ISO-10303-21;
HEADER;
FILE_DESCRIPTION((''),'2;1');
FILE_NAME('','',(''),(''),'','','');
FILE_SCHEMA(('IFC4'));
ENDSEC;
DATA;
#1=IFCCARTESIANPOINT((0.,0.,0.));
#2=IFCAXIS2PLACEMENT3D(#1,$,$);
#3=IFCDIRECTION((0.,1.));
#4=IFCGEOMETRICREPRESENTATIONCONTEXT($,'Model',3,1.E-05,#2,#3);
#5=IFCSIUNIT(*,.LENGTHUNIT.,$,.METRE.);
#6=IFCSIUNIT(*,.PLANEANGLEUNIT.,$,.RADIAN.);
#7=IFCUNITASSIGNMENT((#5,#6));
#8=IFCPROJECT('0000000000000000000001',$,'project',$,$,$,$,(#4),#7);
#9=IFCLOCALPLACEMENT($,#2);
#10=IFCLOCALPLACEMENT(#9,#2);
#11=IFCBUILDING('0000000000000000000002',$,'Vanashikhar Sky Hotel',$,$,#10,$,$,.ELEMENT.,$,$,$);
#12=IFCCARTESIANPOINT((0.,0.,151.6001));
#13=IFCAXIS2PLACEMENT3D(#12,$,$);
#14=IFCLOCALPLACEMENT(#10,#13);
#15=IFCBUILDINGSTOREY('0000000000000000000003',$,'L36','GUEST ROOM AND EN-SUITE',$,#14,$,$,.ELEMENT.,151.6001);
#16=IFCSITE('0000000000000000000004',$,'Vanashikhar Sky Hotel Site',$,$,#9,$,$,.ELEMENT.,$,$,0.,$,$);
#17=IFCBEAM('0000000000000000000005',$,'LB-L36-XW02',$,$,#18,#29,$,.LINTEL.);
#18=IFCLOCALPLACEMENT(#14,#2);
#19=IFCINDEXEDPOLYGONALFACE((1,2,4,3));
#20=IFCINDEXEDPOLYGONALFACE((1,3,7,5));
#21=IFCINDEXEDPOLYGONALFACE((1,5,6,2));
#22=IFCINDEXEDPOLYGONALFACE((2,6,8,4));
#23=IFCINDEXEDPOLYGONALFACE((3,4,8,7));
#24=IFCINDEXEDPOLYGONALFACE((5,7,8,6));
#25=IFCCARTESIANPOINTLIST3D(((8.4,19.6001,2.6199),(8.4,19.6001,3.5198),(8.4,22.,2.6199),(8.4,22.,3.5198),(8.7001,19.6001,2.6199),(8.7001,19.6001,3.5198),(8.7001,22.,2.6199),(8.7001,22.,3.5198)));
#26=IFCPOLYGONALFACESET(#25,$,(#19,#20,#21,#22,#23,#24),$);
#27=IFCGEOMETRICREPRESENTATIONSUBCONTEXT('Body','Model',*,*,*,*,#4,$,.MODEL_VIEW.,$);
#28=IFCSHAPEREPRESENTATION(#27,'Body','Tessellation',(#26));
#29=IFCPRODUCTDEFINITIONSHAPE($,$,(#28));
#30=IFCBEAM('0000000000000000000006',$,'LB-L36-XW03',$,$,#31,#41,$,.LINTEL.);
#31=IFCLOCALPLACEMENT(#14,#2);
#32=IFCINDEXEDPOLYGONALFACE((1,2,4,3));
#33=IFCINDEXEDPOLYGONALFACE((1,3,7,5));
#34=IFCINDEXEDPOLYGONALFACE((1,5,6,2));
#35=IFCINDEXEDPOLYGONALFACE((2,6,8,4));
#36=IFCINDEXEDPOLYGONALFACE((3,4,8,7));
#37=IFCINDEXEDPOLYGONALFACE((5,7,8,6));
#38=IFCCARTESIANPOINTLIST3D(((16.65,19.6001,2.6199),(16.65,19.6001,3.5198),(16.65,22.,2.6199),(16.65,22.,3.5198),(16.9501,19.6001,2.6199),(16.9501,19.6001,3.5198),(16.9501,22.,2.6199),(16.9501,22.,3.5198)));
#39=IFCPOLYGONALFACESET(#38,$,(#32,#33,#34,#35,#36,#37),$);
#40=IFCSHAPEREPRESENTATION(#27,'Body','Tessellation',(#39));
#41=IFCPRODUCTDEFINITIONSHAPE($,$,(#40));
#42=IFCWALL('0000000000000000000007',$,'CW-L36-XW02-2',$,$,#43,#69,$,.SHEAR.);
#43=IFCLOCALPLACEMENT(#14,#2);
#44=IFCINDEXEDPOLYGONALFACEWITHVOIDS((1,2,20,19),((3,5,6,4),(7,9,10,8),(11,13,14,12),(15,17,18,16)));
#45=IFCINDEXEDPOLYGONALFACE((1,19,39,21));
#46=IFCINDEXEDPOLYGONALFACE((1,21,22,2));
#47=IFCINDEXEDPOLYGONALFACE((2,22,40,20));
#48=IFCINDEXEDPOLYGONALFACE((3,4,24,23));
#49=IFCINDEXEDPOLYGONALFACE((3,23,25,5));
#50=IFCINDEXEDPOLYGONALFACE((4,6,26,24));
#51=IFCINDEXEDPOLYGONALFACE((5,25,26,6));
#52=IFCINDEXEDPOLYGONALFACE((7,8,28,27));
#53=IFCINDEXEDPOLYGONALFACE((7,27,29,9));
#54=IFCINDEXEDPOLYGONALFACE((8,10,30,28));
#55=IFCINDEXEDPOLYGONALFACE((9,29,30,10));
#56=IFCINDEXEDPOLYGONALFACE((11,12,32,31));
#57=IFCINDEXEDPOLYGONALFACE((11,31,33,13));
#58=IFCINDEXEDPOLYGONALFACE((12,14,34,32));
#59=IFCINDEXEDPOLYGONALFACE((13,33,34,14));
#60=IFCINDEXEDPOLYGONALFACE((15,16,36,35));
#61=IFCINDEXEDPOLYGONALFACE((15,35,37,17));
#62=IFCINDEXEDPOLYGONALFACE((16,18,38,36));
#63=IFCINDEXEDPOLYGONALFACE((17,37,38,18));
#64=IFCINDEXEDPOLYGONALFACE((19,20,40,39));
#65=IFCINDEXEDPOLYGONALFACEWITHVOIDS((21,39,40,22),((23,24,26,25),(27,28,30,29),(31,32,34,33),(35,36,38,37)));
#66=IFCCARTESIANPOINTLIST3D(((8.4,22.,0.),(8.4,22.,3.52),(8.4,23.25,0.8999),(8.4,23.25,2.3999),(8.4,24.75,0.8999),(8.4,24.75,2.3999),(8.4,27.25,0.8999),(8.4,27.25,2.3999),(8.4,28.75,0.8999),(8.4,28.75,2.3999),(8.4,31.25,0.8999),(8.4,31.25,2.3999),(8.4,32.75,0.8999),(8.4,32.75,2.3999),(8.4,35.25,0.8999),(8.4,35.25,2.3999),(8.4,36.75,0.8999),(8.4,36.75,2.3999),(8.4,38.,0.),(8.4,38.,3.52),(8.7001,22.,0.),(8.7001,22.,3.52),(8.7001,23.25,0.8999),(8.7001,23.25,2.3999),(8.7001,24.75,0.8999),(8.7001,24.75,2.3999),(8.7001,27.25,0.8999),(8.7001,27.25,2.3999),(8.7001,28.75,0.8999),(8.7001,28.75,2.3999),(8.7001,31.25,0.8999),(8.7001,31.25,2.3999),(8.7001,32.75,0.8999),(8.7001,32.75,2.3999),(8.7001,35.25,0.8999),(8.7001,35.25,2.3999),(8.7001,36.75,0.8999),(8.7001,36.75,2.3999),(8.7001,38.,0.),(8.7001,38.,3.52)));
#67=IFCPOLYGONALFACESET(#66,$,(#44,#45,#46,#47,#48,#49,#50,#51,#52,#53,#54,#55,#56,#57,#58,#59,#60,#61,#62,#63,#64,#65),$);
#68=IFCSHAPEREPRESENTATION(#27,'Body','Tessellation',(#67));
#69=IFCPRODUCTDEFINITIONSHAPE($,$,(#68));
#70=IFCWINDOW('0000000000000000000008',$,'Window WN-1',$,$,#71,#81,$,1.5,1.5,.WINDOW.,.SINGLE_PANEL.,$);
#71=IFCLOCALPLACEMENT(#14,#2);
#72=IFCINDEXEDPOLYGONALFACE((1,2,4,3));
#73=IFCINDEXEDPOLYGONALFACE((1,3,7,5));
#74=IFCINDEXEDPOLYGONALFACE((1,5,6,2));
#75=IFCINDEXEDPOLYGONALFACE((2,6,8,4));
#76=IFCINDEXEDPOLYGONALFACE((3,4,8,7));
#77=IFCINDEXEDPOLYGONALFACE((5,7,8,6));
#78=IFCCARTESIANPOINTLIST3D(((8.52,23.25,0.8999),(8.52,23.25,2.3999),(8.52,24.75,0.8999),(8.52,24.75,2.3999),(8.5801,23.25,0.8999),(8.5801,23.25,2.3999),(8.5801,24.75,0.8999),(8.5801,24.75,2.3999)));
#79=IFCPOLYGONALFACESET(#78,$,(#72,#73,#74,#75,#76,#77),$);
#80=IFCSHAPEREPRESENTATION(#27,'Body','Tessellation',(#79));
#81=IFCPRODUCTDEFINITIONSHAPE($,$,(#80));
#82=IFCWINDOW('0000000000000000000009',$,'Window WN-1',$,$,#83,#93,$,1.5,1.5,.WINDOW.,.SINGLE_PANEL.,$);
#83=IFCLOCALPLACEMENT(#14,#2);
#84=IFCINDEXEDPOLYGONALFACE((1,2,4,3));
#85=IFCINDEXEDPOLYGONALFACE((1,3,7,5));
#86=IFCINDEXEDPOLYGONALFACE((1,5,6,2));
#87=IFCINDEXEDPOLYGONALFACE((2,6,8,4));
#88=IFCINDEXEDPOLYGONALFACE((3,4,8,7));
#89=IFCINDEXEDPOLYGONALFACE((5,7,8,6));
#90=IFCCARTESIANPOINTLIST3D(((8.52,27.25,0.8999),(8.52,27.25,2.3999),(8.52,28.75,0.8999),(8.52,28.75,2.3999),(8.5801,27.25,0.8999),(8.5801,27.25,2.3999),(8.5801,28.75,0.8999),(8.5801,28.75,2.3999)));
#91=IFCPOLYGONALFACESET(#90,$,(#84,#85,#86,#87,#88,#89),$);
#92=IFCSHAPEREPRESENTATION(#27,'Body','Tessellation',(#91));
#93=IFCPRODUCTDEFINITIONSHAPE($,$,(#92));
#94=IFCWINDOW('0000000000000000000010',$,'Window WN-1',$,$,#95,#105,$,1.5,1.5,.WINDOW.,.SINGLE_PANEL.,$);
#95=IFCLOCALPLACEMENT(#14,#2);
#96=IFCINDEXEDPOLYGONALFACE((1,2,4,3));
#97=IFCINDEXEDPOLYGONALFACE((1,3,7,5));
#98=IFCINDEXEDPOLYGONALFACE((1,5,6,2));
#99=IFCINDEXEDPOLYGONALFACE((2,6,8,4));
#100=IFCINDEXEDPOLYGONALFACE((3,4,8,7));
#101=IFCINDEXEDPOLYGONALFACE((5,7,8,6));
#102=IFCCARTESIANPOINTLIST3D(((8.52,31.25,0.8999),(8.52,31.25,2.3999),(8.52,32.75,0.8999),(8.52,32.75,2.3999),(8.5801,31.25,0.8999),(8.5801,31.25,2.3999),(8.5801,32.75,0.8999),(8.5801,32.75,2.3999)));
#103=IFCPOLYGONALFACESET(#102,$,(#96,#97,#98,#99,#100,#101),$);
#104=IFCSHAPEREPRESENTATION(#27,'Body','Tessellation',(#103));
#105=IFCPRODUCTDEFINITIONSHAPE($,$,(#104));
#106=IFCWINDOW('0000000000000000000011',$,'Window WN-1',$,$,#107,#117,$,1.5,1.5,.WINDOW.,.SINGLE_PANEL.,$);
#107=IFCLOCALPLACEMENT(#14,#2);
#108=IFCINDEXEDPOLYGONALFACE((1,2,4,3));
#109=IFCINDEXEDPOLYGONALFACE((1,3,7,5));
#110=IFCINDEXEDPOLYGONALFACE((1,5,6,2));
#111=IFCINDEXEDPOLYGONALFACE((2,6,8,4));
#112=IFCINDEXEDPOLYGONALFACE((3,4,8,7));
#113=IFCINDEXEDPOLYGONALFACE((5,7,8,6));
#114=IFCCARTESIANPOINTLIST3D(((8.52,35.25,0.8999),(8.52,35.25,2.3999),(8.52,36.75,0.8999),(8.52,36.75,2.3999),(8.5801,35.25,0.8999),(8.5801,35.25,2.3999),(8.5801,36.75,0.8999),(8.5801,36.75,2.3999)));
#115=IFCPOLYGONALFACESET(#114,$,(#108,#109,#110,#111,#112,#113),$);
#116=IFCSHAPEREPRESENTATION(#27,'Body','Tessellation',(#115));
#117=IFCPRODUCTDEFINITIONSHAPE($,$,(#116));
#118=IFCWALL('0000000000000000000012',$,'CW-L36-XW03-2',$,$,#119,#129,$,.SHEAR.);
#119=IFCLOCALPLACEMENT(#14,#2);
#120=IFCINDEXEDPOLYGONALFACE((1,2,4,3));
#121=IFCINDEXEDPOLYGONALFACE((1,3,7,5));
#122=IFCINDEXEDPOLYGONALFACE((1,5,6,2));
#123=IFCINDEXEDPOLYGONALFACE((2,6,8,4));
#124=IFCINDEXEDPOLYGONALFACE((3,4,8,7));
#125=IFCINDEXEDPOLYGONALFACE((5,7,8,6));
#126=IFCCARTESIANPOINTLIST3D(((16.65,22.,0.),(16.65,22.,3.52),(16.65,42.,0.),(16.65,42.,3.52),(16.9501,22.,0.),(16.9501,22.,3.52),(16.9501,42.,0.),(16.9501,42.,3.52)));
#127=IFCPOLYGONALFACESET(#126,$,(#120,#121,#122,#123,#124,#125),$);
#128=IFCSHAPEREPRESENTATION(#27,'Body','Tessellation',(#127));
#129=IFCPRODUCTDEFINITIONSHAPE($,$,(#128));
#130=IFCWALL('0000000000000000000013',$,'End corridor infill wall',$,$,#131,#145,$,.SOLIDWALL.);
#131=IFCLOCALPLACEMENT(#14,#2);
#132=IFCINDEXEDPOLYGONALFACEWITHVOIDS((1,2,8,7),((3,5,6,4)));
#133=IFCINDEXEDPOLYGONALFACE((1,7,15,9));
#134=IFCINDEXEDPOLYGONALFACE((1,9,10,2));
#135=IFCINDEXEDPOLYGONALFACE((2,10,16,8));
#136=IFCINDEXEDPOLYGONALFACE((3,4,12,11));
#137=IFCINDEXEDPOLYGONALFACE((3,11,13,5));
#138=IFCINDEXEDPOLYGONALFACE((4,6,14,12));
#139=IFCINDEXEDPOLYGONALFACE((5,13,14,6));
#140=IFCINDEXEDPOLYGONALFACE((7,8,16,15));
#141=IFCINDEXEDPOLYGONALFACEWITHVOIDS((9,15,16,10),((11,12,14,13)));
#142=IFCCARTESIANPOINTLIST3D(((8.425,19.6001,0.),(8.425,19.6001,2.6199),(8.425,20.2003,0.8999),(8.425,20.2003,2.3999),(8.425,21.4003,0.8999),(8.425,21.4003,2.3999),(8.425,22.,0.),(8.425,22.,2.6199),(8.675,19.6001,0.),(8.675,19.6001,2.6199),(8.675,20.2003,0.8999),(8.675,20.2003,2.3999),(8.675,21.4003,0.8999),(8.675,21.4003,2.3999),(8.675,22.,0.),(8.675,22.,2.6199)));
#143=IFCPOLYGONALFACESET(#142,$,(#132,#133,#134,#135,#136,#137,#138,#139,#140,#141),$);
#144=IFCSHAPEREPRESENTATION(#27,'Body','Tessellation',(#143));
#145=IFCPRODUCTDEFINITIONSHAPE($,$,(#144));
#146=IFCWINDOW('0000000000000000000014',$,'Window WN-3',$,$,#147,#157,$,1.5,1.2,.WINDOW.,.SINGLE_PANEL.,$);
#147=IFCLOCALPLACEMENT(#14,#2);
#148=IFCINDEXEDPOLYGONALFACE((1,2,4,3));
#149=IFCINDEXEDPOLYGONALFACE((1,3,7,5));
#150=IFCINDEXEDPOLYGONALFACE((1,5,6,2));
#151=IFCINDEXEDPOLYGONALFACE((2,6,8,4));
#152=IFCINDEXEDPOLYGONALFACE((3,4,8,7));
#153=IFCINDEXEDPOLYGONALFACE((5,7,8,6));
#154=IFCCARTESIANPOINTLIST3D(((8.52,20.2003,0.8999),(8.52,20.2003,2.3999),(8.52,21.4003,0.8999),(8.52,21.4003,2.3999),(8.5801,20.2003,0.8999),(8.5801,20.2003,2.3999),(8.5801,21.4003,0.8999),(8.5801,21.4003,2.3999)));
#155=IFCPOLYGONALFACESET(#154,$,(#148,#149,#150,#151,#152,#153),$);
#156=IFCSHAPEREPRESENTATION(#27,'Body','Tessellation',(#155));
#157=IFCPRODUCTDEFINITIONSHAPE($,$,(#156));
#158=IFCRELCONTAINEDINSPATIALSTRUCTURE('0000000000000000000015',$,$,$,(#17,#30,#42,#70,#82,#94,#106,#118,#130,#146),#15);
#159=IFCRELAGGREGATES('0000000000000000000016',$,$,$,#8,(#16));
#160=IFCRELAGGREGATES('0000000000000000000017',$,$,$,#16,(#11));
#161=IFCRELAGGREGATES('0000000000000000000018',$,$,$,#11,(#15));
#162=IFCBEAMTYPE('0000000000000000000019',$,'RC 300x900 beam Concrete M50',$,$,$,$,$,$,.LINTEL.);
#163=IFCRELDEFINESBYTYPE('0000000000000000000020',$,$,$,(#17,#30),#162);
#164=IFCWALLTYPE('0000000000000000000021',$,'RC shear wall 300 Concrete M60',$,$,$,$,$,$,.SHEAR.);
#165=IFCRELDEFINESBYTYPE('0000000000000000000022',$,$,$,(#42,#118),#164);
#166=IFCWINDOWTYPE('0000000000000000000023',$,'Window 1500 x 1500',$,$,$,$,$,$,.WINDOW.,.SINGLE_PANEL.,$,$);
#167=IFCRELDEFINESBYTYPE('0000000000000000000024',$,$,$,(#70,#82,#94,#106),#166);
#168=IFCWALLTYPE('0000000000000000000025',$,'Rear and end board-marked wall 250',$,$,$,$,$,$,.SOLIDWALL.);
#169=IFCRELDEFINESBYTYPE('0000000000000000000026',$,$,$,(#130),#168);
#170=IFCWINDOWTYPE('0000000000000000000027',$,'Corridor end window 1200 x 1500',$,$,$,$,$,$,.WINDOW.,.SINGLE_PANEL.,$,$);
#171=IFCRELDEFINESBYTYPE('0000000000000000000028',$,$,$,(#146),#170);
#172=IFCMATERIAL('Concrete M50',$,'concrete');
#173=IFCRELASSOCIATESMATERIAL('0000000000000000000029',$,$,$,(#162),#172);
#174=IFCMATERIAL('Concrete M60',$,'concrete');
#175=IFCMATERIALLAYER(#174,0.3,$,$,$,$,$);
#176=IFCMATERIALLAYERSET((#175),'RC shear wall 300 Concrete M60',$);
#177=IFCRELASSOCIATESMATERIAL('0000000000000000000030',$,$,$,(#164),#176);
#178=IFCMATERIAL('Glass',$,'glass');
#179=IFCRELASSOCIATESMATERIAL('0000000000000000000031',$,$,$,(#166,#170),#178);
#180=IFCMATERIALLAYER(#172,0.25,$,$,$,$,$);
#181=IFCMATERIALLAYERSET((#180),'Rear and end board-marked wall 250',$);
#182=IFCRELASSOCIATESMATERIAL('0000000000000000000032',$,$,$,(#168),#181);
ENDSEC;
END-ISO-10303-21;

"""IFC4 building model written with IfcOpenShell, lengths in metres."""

from ifc_helpers import new_model, si_unit, direction, frame, frame_2d, origin, origin_2d, place, context, subcontext, project, spatial, rectangle, extrude, source, transform, mapped, material, layer, layer_set, material_profile, profile_set, type_object, element, fill, save


model = new_model("IFC4")

# Units and contexts
model_context = context("Model", 3, precision=1e-05, world=origin(), true_north=direction((0.0, 1.0)))
body_context = subcontext(model_context, "Body", "Model", "MODEL_VIEW")
ifc_project = project(units=[si_unit("LENGTHUNIT", "METRE"), si_unit("PLANEANGLEUNIT", "RADIAN")], contexts=[model_context])

# Site, building, storey
site_placement = place(None, origin())
site = spatial("IfcSite", under=ifc_project, at=site_placement, Name="Vanashikhar Sky Hotel Site", CompositionType="ELEMENT", RefElevation=0.0)
building_placement = place(site_placement, origin())
building = spatial("IfcBuilding", under=site, at=building_placement, Name="Vanashikhar Sky Hotel", CompositionType="ELEMENT")
storey_placement = place(building_placement, frame((0.0, 0.0, 151.6001)))
storey = spatial("IfcBuildingStorey", under=building, at=storey_placement, Name="L36", Description="GUEST ROOM AND EN-SUITE", CompositionType="ELEMENT", Elevation=151.6001)

# Beams
ifc_material_1 = material(Name="Concrete M50", Category="concrete")
ifc_material_profile = material_profile(ifc_material_1, rectangle(XDim=0.3, YDim=0.8999, at=origin_2d()))
ifc_profile_set = profile_set([ifc_material_profile], Name="RC 300x900 beam Concrete M50")
beam_type = type_object("IfcBeamType", Name="RC 300x900 beam Concrete M50", PredefinedType="LINTEL", material=ifc_profile_set)
shared_shape_1 = source(origin(), body_context, "Body", "SweptSolid", [
    extrude(rectangle(XDim=0.3, YDim=0.8999, at=origin_2d()), origin(), (0.0, 0.0, 1.0), 2.3999),
])
for number, where, z_axis, x_axis, name in (
    (1, (8.55, 19.6001, 3.0698), (0.0, 1.0, 0.0), (-1.0, 0.0, 0.0), "LB-L36-XW02"),
    (2, (16.8, 19.6001, 3.0698), (0.0, 1.0, 0.0), (-1.0, 0.0, 0.0), "LB-L36-XW03"),
):
    element("IfcBeam", number, at=place(storey_placement, frame(where, z_axis=z_axis, x_axis=x_axis)), inside=storey, type_object=beam_type, Name=name, PredefinedType="LINTEL", context=body_context, shape_type="MappedRepresentation", body=[
        mapped(shared_shape_1, transform((0.0, 0.0, 0.0), scale=1.0)),
    ])

# Wall, openings, windows
ifc_material_2 = material(Name="Concrete M60", Category="concrete")
ifc_layer_1 = layer(ifc_material_2, 0.3)
ifc_layer_set_1 = layer_set([ifc_layer_1], Name="RC shear wall 300 Concrete M60")
wall_type_1 = type_object("IfcWallType", Name="RC shear wall 300 Concrete M60", PredefinedType="SHEAR", material=ifc_layer_set_1)
shared_shape_2 = source(origin(), body_context, "Body", "SweptSolid", [
    extrude(rectangle(XDim=16.0, YDim=0.3, at=frame_2d((8.0, 0.0))), origin(), (0.0, 0.0, 1.0), 3.52),
])
wall_1_placement = place(storey_placement, frame((8.55, 22.0, 0.0), z_axis=(0.0, 0.0, 1.0), x_axis=(0.0, 1.0, 0.0)))
wall_1 = element("IfcWall", 3, at=wall_1_placement, inside=storey, type_object=wall_type_1, Name="CW-L36-XW02-2", PredefinedType="SHEAR", context=body_context, shape_type="MappedRepresentation", body=[
    mapped(shared_shape_2, transform((0.0, 0.0, 0.0), scale=1.0)),
])
shared_shape_3 = source(origin(), body_context, "Body", "SweptSolid", [
    extrude(rectangle(XDim=1.5, YDim=1.5, at=frame_2d((0.75, 0.75))), frame((0.0, 0.1602, 0.0), z_axis=(0.0, -1.0, 0.0), x_axis=(1.0, 0.0, 0.0)), (0.0, 0.0, 1.0), 0.3201),
])
opening_1_placement = place(wall_1_placement, frame((1.25, 0.0, 0.8999)))
opening_1 = element("IfcOpeningElement", 4, at=opening_1_placement, cuts=wall_1, PredefinedType="OPENING", context=body_context, shape_type="MappedRepresentation", body=[
    mapped(shared_shape_3, transform((0.0, 0.0, 0.0), scale=1.0)),
])
opening_2_placement = place(wall_1_placement, frame((5.25, 0.0, 0.8999)))
opening_2 = element("IfcOpeningElement", 5, at=opening_2_placement, cuts=wall_1, PredefinedType="OPENING", context=body_context, shape_type="MappedRepresentation", body=[
    mapped(shared_shape_3, transform((0.0, 0.0, 0.0), scale=1.0)),
])
opening_3_placement = place(wall_1_placement, frame((9.25, 0.0, 0.8999)))
opening_3 = element("IfcOpeningElement", 6, at=opening_3_placement, cuts=wall_1, PredefinedType="OPENING", context=body_context, shape_type="MappedRepresentation", body=[
    mapped(shared_shape_3, transform((0.0, 0.0, 0.0), scale=1.0)),
])
opening_4_placement = place(wall_1_placement, frame((13.25, 0.0, 0.8999)))
opening_4 = element("IfcOpeningElement", 7, at=opening_4_placement, cuts=wall_1, PredefinedType="OPENING", context=body_context, shape_type="MappedRepresentation", body=[
    mapped(shared_shape_3, transform((0.0, 0.0, 0.0), scale=1.0)),
])
ifc_material_3 = material(Name="Glass", Category="glass")
window_type_1 = type_object("IfcWindowType", Name="Window 1500 x 1500", PartitioningType="SINGLE_PANEL", PredefinedType="WINDOW", material=ifc_material_3)
shared_shape_4 = source(origin(), body_context, "Body", "SweptSolid", [
    extrude(rectangle(XDim=1.5, YDim=1.5, at=frame_2d((0.75, 0.75))), frame((0.0, 0.03, 0.0), z_axis=(0.0, -1.0, 0.0), x_axis=(1.0, 0.0, 0.0)), (0.0, 0.0, 1.0), 0.0601),
])
window_1_placement = place(opening_1_placement, origin())
window_1 = element("IfcWindow", 8, at=window_1_placement, inside=storey, type_object=window_type_1, Name="Window WN-1", OverallHeight=1.5, OverallWidth=1.5, PartitioningType="SINGLE_PANEL", PredefinedType="WINDOW", context=body_context, shape_type="MappedRepresentation", body=[
    mapped(shared_shape_4, transform((0.0, 0.0, 0.0), scale=1.0)),
])
fill(opening_1, window_1)
window_2_placement = place(opening_2_placement, origin())
window_2 = element("IfcWindow", 9, at=window_2_placement, inside=storey, type_object=window_type_1, Name="Window WN-1", OverallHeight=1.5, OverallWidth=1.5, PartitioningType="SINGLE_PANEL", PredefinedType="WINDOW", context=body_context, shape_type="MappedRepresentation", body=[
    mapped(shared_shape_4, transform((0.0, 0.0, 0.0), scale=1.0)),
])
fill(opening_2, window_2)
window_3_placement = place(opening_3_placement, origin())
window_3 = element("IfcWindow", 10, at=window_3_placement, inside=storey, type_object=window_type_1, Name="Window WN-1", OverallHeight=1.5, OverallWidth=1.5, PartitioningType="SINGLE_PANEL", PredefinedType="WINDOW", context=body_context, shape_type="MappedRepresentation", body=[
    mapped(shared_shape_4, transform((0.0, 0.0, 0.0), scale=1.0)),
])
fill(opening_3, window_3)
window_4_placement = place(opening_4_placement, origin())
window_4 = element("IfcWindow", 11, at=window_4_placement, inside=storey, type_object=window_type_1, Name="Window WN-1", OverallHeight=1.5, OverallWidth=1.5, PartitioningType="SINGLE_PANEL", PredefinedType="WINDOW", context=body_context, shape_type="MappedRepresentation", body=[
    mapped(shared_shape_4, transform((0.0, 0.0, 0.0), scale=1.0)),
])
fill(opening_4, window_4)

# Wall
shared_shape_5 = source(origin(), body_context, "Body", "SweptSolid", [
    extrude(rectangle(XDim=20.0, YDim=0.3, at=frame_2d((10.0, 0.0))), origin(), (0.0, 0.0, 1.0), 3.52),
])
wall_2_placement = place(storey_placement, frame((16.8, 22.0, 0.0), z_axis=(0.0, 0.0, 1.0), x_axis=(0.0, 1.0, 0.0)))
element("IfcWall", 12, at=wall_2_placement, inside=storey, type_object=wall_type_1, Name="CW-L36-XW03-2", PredefinedType="SHEAR", context=body_context, shape_type="MappedRepresentation", body=[
    mapped(shared_shape_5, transform((0.0, 0.0, 0.0), scale=1.0)),
])

# Wall, opening, window
ifc_layer_2 = layer(ifc_material_1, 0.25)
ifc_layer_set_2 = layer_set([ifc_layer_2], Name="Rear and end board-marked wall 250")
wall_type_2 = type_object("IfcWallType", Name="Rear and end board-marked wall 250", PredefinedType="SOLIDWALL", material=ifc_layer_set_2)
shared_shape_6 = source(origin(), body_context, "Body", "SweptSolid", [
    extrude(rectangle(XDim=2.3999, YDim=0.25, at=frame_2d((1.2, 0.0))), origin(), (0.0, 0.0, 1.0), 2.6199),
])
wall_3_placement = place(storey_placement, frame((8.55, 19.6001, 0.0), z_axis=(0.0, 0.0, 1.0), x_axis=(0.0, 1.0, 0.0)))
wall_3 = element("IfcWall", 13, at=wall_3_placement, inside=storey, type_object=wall_type_2, Name="End corridor infill wall", PredefinedType="SOLIDWALL", context=body_context, shape_type="MappedRepresentation", body=[
    mapped(shared_shape_6, transform((0.0, 0.0, 0.0), scale=1.0)),
])
shared_shape_7 = source(origin(), body_context, "Body", "SweptSolid", [
    extrude(rectangle(XDim=1.2, YDim=1.5, at=frame_2d((0.6001, 0.75))), frame((0.0, 0.135, 0.0), z_axis=(0.0, -1.0, 0.0), x_axis=(1.0, 0.0, 0.0)), (0.0, 0.0, 1.0), 0.27),
])
opening_5_placement = place(wall_3_placement, frame((0.6001, 0.0, 0.8999)))
opening_5 = element("IfcOpeningElement", 14, at=opening_5_placement, cuts=wall_3, PredefinedType="OPENING", context=body_context, shape_type="MappedRepresentation", body=[
    mapped(shared_shape_7, transform((0.0, 0.0, 0.0), scale=1.0)),
])
window_type_2 = type_object("IfcWindowType", Name="Corridor end window 1200 x 1500", PartitioningType="SINGLE_PANEL", PredefinedType="WINDOW", material=ifc_material_3)
shared_shape_8 = source(origin(), body_context, "Body", "SweptSolid", [
    extrude(rectangle(XDim=1.2, YDim=1.5, at=frame_2d((0.6001, 0.75))), frame((0.0, 0.03, 0.0), z_axis=(0.0, -1.0, 0.0), x_axis=(1.0, 0.0, 0.0)), (0.0, 0.0, 1.0), 0.0601),
])
window_5_placement = place(opening_5_placement, origin())
window_5 = element("IfcWindow", 15, at=window_5_placement, inside=storey, type_object=window_type_2, Name="Window WN-3", OverallHeight=1.5, OverallWidth=1.2, PartitioningType="SINGLE_PANEL", PredefinedType="WINDOW", context=body_context, shape_type="MappedRepresentation", body=[
    mapped(shared_shape_8, transform((0.0, 0.0, 0.0), scale=1.0)),
])
fill(opening_5, window_5)

save(model, "model.ifc")
